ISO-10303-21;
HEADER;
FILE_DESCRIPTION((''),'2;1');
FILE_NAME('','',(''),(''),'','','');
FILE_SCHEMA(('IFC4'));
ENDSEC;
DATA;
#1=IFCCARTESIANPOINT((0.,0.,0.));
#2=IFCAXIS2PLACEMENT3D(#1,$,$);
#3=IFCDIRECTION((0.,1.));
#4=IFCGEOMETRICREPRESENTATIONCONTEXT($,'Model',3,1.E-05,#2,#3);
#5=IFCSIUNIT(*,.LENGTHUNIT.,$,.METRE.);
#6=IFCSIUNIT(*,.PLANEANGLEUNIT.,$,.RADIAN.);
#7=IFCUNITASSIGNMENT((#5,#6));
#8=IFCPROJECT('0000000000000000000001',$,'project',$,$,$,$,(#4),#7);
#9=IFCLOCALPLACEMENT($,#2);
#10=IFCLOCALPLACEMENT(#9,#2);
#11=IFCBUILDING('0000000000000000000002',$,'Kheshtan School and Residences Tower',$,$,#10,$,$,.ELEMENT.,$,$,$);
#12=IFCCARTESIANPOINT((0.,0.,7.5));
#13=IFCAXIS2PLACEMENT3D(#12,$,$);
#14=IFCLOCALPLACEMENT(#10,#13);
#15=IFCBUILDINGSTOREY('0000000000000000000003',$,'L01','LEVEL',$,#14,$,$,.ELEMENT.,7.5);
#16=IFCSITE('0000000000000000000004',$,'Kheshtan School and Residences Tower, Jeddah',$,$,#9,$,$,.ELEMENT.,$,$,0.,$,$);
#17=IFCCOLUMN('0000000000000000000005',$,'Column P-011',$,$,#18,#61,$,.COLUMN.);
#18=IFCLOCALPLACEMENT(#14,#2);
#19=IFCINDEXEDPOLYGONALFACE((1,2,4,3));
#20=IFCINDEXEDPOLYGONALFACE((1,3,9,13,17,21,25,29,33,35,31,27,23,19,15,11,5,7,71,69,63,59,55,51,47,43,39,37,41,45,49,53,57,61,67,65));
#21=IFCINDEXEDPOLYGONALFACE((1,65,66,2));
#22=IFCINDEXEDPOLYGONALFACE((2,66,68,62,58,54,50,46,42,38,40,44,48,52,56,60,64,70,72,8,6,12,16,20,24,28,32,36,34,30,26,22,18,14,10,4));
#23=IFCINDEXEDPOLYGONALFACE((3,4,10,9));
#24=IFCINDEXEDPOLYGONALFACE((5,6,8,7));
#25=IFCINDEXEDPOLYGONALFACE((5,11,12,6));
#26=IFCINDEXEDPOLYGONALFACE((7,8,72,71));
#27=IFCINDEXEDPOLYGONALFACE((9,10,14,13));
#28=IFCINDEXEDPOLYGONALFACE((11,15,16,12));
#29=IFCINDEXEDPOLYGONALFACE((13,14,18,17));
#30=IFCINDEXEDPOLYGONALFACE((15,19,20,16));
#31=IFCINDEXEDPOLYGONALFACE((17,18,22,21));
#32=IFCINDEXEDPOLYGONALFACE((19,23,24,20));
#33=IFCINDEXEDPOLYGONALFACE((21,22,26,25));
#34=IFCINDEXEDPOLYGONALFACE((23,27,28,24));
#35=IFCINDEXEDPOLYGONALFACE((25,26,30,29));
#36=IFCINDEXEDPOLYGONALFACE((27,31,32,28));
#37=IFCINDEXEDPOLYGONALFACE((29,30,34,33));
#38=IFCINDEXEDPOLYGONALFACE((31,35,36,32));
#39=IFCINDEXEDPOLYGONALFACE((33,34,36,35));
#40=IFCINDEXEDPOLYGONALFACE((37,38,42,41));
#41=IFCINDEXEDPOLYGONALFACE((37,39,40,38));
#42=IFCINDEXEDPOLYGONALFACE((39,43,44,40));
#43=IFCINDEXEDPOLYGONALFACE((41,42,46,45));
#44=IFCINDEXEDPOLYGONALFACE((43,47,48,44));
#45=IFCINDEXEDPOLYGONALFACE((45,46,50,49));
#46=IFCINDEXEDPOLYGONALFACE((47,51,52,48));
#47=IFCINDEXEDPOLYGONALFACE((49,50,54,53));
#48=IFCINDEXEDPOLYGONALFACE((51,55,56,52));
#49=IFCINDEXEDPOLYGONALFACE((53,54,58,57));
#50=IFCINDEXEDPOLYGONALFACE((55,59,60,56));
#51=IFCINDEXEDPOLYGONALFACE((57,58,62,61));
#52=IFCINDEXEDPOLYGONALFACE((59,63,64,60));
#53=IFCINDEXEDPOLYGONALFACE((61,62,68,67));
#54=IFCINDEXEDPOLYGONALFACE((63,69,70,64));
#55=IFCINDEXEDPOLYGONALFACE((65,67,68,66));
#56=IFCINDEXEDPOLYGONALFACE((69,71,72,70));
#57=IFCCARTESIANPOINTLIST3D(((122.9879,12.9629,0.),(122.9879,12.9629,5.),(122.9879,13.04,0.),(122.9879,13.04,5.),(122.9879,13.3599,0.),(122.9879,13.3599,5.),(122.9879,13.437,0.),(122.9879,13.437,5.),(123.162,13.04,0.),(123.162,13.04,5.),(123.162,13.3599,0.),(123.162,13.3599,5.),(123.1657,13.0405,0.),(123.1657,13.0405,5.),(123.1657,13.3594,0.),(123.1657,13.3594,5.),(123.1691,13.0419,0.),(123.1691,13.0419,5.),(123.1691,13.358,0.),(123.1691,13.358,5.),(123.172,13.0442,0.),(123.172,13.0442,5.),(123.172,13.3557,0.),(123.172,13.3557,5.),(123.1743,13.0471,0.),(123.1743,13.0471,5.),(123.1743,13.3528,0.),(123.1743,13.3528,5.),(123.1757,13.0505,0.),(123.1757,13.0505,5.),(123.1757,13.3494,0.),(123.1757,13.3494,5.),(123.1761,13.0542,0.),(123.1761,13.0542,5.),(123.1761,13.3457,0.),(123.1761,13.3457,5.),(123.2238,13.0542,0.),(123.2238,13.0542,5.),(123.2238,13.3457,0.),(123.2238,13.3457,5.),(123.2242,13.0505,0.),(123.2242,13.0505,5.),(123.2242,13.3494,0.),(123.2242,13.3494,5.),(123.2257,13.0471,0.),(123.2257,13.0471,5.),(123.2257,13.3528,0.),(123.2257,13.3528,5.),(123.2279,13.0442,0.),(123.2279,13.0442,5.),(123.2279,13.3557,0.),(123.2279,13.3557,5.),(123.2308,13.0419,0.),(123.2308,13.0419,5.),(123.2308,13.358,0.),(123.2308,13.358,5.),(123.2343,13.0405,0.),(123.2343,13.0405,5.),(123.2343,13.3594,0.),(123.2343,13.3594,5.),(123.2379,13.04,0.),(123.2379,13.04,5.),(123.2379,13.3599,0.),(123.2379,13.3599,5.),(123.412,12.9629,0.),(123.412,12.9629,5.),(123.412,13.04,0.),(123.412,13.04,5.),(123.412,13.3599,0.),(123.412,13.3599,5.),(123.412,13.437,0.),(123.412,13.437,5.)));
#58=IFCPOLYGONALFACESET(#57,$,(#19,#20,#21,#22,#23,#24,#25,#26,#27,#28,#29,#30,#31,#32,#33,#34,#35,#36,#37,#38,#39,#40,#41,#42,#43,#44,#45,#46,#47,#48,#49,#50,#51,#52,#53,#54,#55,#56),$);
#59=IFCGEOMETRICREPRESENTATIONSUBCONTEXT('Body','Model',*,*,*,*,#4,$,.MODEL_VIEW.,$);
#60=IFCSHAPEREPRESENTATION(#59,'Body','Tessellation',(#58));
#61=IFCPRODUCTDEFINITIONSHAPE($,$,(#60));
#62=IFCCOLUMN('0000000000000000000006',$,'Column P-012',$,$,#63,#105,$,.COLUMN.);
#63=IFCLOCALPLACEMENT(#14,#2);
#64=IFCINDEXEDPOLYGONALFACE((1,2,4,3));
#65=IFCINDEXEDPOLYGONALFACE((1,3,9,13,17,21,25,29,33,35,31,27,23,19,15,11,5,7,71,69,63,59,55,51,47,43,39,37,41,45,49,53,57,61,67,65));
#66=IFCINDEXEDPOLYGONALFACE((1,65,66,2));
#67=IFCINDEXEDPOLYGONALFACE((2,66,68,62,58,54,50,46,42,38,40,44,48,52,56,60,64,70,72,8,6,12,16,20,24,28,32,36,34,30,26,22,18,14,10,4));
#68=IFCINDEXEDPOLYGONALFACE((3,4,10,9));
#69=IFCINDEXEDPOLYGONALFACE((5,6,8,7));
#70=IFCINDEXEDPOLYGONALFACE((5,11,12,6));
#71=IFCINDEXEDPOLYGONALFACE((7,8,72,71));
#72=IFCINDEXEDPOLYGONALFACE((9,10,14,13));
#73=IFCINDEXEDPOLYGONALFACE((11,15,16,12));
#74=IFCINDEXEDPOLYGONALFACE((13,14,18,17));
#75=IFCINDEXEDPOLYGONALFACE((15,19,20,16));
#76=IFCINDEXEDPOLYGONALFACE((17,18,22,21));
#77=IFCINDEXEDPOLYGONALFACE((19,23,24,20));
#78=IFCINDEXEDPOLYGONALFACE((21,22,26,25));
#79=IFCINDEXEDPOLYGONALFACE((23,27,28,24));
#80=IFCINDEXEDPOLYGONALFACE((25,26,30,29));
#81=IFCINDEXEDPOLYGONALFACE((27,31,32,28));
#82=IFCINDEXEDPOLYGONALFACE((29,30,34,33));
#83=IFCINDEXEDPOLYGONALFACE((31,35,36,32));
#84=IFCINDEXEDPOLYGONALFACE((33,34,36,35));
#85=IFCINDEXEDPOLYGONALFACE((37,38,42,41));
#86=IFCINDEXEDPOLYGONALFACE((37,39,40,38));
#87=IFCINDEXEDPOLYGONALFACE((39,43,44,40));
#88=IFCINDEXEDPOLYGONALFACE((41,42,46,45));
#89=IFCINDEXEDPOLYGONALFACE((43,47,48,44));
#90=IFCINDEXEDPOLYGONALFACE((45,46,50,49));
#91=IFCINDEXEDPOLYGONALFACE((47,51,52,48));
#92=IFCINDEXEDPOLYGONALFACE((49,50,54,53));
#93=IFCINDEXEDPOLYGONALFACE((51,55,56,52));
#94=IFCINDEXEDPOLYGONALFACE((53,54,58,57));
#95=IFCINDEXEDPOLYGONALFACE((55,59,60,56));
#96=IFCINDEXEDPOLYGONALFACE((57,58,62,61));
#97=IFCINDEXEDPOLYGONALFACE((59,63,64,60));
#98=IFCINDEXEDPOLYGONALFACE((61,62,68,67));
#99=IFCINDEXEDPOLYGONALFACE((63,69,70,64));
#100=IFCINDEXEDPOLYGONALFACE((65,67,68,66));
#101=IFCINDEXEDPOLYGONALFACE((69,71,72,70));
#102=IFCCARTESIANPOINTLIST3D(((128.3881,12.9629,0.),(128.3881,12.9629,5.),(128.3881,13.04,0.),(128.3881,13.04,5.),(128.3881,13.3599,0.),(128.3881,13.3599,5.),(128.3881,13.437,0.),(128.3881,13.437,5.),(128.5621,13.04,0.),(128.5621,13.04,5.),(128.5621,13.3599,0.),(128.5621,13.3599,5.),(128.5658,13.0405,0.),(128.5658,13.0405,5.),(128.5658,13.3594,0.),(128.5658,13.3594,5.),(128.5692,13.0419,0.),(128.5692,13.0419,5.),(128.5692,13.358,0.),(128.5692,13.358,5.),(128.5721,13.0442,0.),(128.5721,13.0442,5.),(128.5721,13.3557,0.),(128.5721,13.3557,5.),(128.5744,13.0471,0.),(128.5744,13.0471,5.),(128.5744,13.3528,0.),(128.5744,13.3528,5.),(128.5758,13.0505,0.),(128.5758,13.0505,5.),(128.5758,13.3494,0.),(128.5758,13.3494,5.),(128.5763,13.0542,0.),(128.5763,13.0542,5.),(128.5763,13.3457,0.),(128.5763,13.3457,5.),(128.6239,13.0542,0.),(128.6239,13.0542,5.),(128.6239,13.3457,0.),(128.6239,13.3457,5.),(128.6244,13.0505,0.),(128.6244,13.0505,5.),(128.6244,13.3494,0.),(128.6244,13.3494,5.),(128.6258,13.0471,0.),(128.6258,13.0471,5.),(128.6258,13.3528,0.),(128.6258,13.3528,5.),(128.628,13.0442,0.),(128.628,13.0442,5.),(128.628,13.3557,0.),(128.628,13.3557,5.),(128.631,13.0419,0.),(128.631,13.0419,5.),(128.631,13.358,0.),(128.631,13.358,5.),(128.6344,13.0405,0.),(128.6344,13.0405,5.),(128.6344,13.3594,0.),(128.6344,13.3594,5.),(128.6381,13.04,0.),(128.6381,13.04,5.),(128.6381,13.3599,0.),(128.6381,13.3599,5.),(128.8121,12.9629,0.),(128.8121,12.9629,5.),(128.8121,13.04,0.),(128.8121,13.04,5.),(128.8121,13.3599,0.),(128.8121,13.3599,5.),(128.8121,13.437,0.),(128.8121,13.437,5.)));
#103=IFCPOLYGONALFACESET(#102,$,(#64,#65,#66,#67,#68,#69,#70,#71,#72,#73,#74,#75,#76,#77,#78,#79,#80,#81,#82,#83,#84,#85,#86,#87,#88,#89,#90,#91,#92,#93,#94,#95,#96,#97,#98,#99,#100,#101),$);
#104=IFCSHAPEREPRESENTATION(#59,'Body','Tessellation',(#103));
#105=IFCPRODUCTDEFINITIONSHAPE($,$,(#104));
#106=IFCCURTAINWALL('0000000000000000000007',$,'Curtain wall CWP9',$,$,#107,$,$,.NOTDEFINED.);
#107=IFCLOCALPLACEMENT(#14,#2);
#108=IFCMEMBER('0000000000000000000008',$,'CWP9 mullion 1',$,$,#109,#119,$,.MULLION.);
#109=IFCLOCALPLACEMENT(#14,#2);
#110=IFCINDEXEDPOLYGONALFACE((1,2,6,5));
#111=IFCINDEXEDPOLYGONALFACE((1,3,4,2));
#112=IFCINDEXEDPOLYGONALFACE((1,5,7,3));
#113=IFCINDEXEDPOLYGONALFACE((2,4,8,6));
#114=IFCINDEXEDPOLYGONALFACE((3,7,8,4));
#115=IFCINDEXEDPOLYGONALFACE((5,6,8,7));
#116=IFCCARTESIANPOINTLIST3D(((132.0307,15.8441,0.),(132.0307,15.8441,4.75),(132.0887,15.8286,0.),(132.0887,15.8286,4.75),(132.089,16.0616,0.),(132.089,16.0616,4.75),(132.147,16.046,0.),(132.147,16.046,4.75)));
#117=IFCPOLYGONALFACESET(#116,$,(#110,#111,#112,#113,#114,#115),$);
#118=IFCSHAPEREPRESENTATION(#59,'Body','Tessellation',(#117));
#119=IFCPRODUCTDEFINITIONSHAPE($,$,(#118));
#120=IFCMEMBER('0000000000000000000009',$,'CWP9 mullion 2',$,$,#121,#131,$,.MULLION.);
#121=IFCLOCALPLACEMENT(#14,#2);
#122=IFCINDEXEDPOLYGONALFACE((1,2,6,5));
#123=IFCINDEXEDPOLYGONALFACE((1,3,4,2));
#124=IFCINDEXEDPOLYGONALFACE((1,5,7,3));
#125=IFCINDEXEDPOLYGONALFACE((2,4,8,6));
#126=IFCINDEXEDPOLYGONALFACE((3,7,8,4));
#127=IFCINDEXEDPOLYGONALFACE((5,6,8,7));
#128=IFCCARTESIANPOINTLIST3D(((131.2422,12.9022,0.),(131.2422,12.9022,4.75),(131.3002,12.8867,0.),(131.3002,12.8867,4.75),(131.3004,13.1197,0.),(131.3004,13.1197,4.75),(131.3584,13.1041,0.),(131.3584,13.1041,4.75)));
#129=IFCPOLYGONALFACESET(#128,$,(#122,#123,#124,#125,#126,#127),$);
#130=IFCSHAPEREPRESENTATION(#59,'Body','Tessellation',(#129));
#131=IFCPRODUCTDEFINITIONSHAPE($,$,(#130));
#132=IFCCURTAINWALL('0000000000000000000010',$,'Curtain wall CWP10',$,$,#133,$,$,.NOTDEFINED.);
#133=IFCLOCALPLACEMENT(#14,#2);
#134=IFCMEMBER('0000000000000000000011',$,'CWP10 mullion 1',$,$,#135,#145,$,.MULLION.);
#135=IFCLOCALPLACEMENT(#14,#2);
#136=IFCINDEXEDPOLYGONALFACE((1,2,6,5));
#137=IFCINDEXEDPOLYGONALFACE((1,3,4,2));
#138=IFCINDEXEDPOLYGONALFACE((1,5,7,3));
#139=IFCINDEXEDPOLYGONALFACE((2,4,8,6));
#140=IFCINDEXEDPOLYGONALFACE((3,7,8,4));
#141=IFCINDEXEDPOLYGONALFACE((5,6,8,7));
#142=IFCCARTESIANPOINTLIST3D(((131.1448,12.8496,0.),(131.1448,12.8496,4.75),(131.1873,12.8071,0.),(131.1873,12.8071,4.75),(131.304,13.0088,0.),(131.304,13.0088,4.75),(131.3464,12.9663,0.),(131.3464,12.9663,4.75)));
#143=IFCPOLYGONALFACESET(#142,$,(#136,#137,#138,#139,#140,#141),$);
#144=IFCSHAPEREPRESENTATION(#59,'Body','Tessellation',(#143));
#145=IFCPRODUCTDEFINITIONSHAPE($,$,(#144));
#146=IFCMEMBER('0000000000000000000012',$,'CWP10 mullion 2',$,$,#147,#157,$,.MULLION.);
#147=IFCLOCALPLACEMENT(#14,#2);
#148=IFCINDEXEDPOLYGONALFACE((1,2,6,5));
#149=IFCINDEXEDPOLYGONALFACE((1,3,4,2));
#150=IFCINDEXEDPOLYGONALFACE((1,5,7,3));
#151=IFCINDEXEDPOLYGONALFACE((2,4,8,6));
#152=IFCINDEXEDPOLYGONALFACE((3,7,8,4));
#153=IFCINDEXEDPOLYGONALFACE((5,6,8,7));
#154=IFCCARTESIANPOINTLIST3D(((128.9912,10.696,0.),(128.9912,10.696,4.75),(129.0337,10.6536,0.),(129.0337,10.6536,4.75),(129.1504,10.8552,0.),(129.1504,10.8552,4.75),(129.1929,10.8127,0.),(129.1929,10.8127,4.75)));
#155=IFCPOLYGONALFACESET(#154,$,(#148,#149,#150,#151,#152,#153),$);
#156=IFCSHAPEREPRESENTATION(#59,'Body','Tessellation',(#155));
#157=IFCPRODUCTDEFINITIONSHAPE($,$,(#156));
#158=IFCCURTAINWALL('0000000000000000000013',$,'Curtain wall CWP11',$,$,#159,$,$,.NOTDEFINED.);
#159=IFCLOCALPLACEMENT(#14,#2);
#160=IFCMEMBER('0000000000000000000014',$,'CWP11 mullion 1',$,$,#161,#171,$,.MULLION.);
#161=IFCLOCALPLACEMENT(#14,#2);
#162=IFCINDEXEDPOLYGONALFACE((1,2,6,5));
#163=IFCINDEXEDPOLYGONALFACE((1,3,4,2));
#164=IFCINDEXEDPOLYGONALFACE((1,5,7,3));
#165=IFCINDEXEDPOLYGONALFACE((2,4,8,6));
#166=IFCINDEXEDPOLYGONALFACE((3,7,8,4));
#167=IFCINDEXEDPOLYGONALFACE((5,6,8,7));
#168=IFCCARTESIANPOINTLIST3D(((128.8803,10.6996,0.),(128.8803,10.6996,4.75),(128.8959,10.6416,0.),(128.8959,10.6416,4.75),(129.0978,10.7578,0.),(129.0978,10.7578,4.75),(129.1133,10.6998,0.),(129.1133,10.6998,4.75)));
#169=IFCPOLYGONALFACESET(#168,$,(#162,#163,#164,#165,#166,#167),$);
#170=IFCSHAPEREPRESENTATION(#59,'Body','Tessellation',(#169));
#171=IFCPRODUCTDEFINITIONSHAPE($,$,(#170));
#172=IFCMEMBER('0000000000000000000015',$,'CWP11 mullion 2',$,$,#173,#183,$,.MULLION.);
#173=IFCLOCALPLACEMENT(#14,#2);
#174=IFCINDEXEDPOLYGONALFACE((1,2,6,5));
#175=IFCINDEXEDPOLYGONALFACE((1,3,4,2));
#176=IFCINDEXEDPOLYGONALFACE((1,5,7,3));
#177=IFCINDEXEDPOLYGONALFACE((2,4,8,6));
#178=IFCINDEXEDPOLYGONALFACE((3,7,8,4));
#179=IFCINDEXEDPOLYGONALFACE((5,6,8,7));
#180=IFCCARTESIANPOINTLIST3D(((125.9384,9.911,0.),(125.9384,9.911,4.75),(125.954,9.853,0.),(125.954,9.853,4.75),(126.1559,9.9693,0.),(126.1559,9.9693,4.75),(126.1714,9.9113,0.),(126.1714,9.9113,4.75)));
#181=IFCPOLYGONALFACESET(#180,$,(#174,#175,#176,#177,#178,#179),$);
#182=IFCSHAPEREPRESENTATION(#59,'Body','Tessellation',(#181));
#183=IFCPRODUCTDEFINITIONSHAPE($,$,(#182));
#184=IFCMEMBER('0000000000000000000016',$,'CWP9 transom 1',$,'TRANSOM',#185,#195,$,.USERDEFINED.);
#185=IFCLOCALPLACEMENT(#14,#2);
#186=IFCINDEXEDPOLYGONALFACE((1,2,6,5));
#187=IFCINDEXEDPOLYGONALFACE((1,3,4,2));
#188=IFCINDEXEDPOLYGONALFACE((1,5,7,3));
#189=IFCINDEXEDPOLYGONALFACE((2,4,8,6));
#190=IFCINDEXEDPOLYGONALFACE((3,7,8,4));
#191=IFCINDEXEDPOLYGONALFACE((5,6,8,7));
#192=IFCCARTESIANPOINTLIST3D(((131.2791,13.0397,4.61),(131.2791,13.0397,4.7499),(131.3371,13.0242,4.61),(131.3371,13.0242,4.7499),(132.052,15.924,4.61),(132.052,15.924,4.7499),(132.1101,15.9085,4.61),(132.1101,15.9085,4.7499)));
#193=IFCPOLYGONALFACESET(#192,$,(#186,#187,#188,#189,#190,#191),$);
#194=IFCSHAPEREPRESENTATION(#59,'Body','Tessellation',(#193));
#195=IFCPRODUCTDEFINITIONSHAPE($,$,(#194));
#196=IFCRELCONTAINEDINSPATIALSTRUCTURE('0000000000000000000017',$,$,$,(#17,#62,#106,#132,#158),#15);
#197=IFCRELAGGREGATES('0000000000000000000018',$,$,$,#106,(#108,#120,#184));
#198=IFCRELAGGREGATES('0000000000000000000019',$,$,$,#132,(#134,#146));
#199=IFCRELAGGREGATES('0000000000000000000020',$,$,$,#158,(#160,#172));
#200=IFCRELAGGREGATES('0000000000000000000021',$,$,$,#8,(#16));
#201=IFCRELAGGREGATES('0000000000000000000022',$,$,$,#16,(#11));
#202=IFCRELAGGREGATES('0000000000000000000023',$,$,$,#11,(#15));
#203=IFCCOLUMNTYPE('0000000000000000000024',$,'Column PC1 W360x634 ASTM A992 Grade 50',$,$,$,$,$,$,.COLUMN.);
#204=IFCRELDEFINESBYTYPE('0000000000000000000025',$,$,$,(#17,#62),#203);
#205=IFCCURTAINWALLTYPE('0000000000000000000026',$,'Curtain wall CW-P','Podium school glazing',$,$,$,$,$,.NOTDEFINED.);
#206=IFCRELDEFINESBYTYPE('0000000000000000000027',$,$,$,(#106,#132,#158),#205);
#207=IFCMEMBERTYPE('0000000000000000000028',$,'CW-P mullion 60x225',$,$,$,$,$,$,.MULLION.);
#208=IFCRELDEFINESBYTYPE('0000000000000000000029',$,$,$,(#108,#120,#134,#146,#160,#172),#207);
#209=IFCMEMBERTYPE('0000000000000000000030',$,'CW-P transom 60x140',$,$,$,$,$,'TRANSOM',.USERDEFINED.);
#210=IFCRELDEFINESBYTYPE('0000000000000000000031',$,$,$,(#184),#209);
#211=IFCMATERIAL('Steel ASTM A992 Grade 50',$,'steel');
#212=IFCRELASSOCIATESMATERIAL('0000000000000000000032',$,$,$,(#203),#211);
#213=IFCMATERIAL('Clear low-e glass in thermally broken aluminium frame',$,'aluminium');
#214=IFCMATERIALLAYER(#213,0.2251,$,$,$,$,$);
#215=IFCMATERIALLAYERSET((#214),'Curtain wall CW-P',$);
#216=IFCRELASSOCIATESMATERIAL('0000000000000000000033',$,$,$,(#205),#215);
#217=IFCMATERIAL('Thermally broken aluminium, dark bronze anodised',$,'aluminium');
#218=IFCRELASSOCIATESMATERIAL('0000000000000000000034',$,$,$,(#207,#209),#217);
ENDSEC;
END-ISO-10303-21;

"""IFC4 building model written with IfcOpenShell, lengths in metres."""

from ifc_helpers import new_model, si_unit, direction, frame, origin, origin_2d, place, context, subcontext, project, spatial, rectangle, i_section, extrude, material, layer, layer_set, material_profile, profile_set, type_object, element, aggregate, save


model = new_model("IFC4")

# Units and contexts
model_context = context("Model", 3, precision=1e-05, world=origin(), true_north=direction((0.0, 1.0)))
body_context = subcontext(model_context, "Body", "Model", "MODEL_VIEW")
ifc_project = project(units=[si_unit("LENGTHUNIT", "METRE"), si_unit("PLANEANGLEUNIT", "RADIAN")], contexts=[model_context])

# Site, building, storey
site_placement = place(None, origin())
site = spatial("IfcSite", under=ifc_project, at=site_placement, Name="Kheshtan School and Residences Tower, Jeddah", CompositionType="ELEMENT", RefElevation=0.0)
building_placement = place(site_placement, origin())
building = spatial("IfcBuilding", under=site, at=building_placement, Name="Kheshtan School and Residences Tower", CompositionType="ELEMENT")
storey_placement = place(building_placement, frame((0.0, 0.0, 7.5)))
storey = spatial("IfcBuildingStorey", under=building, at=storey_placement, Name="L01", Description="LEVEL", CompositionType="ELEMENT", Elevation=7.5)

# Columns
ifc_material_1 = material(Name="Steel ASTM A992 Grade 50", Category="steel")
ifc_material_profile_1 = material_profile(ifc_material_1, i_section(OverallWidth=0.4241, OverallDepth=0.4741, WebThickness=0.0476, FlangeThickness=0.0771, FilletRadius=0.0142, at=origin_2d()), Name="W360x634")
ifc_profile_set_1 = profile_set([ifc_material_profile_1], Name="Steel ASTM A992 Grade 50")
column_type = type_object("IfcColumnType", Name="Column PC1 W360x634 ASTM A992 Grade 50", PredefinedType="COLUMN", material=ifc_profile_set_1)
for number, where, z_axis, x_axis, name in (
    (1, (123.2, 13.2, 0.0), (0.0, 0.0, 1.0), (1.0, 0.0, 0.0), "Column P-011"),
    (2, (128.6001, 13.2, 0.0), (0.0, 0.0, 1.0), (1.0, 0.0, 0.0), "Column P-012"),
):
    element("IfcColumn", number, at=place(storey_placement, frame(where, z_axis=z_axis, x_axis=x_axis)), inside=storey, type_object=column_type, Name=name, PredefinedType="COLUMN", context=body_context, shape_type="SweptSolid", body=[
        extrude(i_section(OverallWidth=0.4241, OverallDepth=0.4741, WebThickness=0.0476, FlangeThickness=0.0771, FilletRadius=0.0142, at=origin_2d()), origin(), (0.0, 0.0, 1.0), 5.0),
    ])

# Curtain walls, members
ifc_material_2 = material(Name="Clear low-e glass in thermally broken aluminium frame", Category="aluminium")
ifc_layer_1 = layer(ifc_material_2, 0.2251)
ifc_layer_set_1 = layer_set([ifc_layer_1], Name="Curtain wall CW-P")
curtain_wall_type = type_object("IfcCurtainWallType", Name="Curtain wall CW-P", Description="Podium school glazing", PredefinedType="NOTDEFINED", material=ifc_layer_set_1)
curtain_wall_1_placement = place(storey_placement, origin())
curtain_wall_1 = element("IfcCurtainWall", 3, at=curtain_wall_1_placement, inside=storey, type_object=curtain_wall_type, Name="Curtain wall CWP9", PredefinedType="NOTDEFINED")
ifc_material_3 = material(Name="Thermally broken aluminium, dark bronze anodised", Category="aluminium")
ifc_material_profile_2 = material_profile(ifc_material_3, rectangle(XDim=0.0601, YDim=0.2251, at=origin_2d()), Name="CW-P mullion 60x225")
ifc_profile_set_2 = profile_set([ifc_material_profile_2], Name="Thermally broken aluminium, dark bronze anodised")
member_type_1 = type_object("IfcMemberType", Name="CW-P mullion 60x225", PredefinedType="MULLION", material=ifc_profile_set_2)
member_1_placement = place(storey_placement, frame((132.0889, 15.9451, 0.0), z_axis=(0.0, 0.0, 1.0), x_axis=(0.965914, -0.258865, 0.0)))
member_1 = element("IfcMember", 4, at=member_1_placement, type_object=member_type_1, Name="CWP9 mullion 1", PredefinedType="MULLION", context=body_context, shape_type="SweptSolid", body=[
    extrude(rectangle(XDim=0.0601, YDim=0.2251, at=origin_2d()), origin(), (0.0, 0.0, 1.0), 4.75),
])
member_2_placement = place(storey_placement, frame((131.3003, 13.0032, 0.0), z_axis=(0.0, 0.0, 1.0), x_axis=(0.965914, -0.258865, 0.0)))
member_2 = element("IfcMember", 5, at=member_2_placement, type_object=member_type_1, Name="CWP9 mullion 2", PredefinedType="MULLION", context=body_context, shape_type="SweptSolid", body=[
    extrude(rectangle(XDim=0.0601, YDim=0.2251, at=origin_2d()), origin(), (0.0, 0.0, 1.0), 4.75),
])
curtain_wall_2_placement = place(storey_placement, origin())
curtain_wall_2 = element("IfcCurtainWall", 6, at=curtain_wall_2_placement, inside=storey, type_object=curtain_wall_type, Name="Curtain wall CWP10", PredefinedType="NOTDEFINED")
member_3_placement = place(storey_placement, frame((131.2456, 12.908, 0.0), z_axis=(0.0, 0.0, 1.0), x_axis=(0.707107, -0.707107, 0.0)))
member_3 = element("IfcMember", 7, at=member_3_placement, type_object=member_type_1, Name="CWP10 mullion 1", PredefinedType="MULLION", context=body_context, shape_type="SweptSolid", body=[
    extrude(rectangle(XDim=0.0601, YDim=0.2251, at=origin_2d()), origin(), (0.0, 0.0, 1.0), 4.75),
])
member_4_placement = place(storey_placement, frame((129.092, 10.7544, 0.0), z_axis=(0.0, 0.0, 1.0), x_axis=(0.707107, -0.707107, 0.0)))
member_4 = element("IfcMember", 8, at=member_4_placement, type_object=member_type_1, Name="CWP10 mullion 2", PredefinedType="MULLION", context=body_context, shape_type="SweptSolid", body=[
    extrude(rectangle(XDim=0.0601, YDim=0.2251, at=origin_2d()), origin(), (0.0, 0.0, 1.0), 4.75),
])
curtain_wall_3_placement = place(storey_placement, origin())
curtain_wall_3 = element("IfcCurtainWall", 9, at=curtain_wall_3_placement, inside=storey, type_object=curtain_wall_type, Name="Curtain wall CWP11", PredefinedType="NOTDEFINED")
member_5_placement = place(storey_placement, frame((128.9968, 10.6997, 0.0), z_axis=(0.0, 0.0, 1.0), x_axis=(0.258865, -0.965914, 0.0)))
member_5 = element("IfcMember", 10, at=member_5_placement, type_object=member_type_1, Name="CWP11 mullion 1", PredefinedType="MULLION", context=body_context, shape_type="SweptSolid", body=[
    extrude(rectangle(XDim=0.0601, YDim=0.2251, at=origin_2d()), origin(), (0.0, 0.0, 1.0), 4.75),
])
member_6_placement = place(storey_placement, frame((126.0549, 9.9111, 0.0), z_axis=(0.0, 0.0, 1.0), x_axis=(0.258865, -0.965914, 0.0)))
member_6 = element("IfcMember", 11, at=member_6_placement, type_object=member_type_1, Name="CWP11 mullion 2", PredefinedType="MULLION", context=body_context, shape_type="SweptSolid", body=[
    extrude(rectangle(XDim=0.0601, YDim=0.2251, at=origin_2d()), origin(), (0.0, 0.0, 1.0), 4.75),
])

# Member
ifc_material_profile_3 = material_profile(ifc_material_3, rectangle(XDim=0.0601, YDim=0.1399, at=origin_2d()), Name="CW-P transom 60x140")
ifc_profile_set_3 = profile_set([ifc_material_profile_3], Name="Thermally broken aluminium, dark bronze anodised")
member_type_2 = type_object("IfcMemberType", Name="CW-P transom 60x140", ElementType="TRANSOM", PredefinedType="USERDEFINED", material=ifc_profile_set_3)
member_7_placement = place(storey_placement, frame((132.0811, 15.9163, 4.6799), z_axis=(-0.258853, -0.965917, 0.0), x_axis=(0.965917, -0.258853, 0.0)))
member_7 = element("IfcMember", 12, at=member_7_placement, type_object=member_type_2, Name="CWP9 transom 1", ObjectType="TRANSOM", PredefinedType="USERDEFINED", context=body_context, shape_type="SweptSolid", body=[
    extrude(rectangle(XDim=0.0601, YDim=0.1399, at=origin_2d()), origin(), (0.0, 0.0, 1.0), 2.9861),
])

aggregate(curtain_wall_1, [member_1, member_2, member_7])
aggregate(curtain_wall_2, [member_3, member_4])
aggregate(curtain_wall_3, [member_5, member_6])

save(model, "model.ifc")
